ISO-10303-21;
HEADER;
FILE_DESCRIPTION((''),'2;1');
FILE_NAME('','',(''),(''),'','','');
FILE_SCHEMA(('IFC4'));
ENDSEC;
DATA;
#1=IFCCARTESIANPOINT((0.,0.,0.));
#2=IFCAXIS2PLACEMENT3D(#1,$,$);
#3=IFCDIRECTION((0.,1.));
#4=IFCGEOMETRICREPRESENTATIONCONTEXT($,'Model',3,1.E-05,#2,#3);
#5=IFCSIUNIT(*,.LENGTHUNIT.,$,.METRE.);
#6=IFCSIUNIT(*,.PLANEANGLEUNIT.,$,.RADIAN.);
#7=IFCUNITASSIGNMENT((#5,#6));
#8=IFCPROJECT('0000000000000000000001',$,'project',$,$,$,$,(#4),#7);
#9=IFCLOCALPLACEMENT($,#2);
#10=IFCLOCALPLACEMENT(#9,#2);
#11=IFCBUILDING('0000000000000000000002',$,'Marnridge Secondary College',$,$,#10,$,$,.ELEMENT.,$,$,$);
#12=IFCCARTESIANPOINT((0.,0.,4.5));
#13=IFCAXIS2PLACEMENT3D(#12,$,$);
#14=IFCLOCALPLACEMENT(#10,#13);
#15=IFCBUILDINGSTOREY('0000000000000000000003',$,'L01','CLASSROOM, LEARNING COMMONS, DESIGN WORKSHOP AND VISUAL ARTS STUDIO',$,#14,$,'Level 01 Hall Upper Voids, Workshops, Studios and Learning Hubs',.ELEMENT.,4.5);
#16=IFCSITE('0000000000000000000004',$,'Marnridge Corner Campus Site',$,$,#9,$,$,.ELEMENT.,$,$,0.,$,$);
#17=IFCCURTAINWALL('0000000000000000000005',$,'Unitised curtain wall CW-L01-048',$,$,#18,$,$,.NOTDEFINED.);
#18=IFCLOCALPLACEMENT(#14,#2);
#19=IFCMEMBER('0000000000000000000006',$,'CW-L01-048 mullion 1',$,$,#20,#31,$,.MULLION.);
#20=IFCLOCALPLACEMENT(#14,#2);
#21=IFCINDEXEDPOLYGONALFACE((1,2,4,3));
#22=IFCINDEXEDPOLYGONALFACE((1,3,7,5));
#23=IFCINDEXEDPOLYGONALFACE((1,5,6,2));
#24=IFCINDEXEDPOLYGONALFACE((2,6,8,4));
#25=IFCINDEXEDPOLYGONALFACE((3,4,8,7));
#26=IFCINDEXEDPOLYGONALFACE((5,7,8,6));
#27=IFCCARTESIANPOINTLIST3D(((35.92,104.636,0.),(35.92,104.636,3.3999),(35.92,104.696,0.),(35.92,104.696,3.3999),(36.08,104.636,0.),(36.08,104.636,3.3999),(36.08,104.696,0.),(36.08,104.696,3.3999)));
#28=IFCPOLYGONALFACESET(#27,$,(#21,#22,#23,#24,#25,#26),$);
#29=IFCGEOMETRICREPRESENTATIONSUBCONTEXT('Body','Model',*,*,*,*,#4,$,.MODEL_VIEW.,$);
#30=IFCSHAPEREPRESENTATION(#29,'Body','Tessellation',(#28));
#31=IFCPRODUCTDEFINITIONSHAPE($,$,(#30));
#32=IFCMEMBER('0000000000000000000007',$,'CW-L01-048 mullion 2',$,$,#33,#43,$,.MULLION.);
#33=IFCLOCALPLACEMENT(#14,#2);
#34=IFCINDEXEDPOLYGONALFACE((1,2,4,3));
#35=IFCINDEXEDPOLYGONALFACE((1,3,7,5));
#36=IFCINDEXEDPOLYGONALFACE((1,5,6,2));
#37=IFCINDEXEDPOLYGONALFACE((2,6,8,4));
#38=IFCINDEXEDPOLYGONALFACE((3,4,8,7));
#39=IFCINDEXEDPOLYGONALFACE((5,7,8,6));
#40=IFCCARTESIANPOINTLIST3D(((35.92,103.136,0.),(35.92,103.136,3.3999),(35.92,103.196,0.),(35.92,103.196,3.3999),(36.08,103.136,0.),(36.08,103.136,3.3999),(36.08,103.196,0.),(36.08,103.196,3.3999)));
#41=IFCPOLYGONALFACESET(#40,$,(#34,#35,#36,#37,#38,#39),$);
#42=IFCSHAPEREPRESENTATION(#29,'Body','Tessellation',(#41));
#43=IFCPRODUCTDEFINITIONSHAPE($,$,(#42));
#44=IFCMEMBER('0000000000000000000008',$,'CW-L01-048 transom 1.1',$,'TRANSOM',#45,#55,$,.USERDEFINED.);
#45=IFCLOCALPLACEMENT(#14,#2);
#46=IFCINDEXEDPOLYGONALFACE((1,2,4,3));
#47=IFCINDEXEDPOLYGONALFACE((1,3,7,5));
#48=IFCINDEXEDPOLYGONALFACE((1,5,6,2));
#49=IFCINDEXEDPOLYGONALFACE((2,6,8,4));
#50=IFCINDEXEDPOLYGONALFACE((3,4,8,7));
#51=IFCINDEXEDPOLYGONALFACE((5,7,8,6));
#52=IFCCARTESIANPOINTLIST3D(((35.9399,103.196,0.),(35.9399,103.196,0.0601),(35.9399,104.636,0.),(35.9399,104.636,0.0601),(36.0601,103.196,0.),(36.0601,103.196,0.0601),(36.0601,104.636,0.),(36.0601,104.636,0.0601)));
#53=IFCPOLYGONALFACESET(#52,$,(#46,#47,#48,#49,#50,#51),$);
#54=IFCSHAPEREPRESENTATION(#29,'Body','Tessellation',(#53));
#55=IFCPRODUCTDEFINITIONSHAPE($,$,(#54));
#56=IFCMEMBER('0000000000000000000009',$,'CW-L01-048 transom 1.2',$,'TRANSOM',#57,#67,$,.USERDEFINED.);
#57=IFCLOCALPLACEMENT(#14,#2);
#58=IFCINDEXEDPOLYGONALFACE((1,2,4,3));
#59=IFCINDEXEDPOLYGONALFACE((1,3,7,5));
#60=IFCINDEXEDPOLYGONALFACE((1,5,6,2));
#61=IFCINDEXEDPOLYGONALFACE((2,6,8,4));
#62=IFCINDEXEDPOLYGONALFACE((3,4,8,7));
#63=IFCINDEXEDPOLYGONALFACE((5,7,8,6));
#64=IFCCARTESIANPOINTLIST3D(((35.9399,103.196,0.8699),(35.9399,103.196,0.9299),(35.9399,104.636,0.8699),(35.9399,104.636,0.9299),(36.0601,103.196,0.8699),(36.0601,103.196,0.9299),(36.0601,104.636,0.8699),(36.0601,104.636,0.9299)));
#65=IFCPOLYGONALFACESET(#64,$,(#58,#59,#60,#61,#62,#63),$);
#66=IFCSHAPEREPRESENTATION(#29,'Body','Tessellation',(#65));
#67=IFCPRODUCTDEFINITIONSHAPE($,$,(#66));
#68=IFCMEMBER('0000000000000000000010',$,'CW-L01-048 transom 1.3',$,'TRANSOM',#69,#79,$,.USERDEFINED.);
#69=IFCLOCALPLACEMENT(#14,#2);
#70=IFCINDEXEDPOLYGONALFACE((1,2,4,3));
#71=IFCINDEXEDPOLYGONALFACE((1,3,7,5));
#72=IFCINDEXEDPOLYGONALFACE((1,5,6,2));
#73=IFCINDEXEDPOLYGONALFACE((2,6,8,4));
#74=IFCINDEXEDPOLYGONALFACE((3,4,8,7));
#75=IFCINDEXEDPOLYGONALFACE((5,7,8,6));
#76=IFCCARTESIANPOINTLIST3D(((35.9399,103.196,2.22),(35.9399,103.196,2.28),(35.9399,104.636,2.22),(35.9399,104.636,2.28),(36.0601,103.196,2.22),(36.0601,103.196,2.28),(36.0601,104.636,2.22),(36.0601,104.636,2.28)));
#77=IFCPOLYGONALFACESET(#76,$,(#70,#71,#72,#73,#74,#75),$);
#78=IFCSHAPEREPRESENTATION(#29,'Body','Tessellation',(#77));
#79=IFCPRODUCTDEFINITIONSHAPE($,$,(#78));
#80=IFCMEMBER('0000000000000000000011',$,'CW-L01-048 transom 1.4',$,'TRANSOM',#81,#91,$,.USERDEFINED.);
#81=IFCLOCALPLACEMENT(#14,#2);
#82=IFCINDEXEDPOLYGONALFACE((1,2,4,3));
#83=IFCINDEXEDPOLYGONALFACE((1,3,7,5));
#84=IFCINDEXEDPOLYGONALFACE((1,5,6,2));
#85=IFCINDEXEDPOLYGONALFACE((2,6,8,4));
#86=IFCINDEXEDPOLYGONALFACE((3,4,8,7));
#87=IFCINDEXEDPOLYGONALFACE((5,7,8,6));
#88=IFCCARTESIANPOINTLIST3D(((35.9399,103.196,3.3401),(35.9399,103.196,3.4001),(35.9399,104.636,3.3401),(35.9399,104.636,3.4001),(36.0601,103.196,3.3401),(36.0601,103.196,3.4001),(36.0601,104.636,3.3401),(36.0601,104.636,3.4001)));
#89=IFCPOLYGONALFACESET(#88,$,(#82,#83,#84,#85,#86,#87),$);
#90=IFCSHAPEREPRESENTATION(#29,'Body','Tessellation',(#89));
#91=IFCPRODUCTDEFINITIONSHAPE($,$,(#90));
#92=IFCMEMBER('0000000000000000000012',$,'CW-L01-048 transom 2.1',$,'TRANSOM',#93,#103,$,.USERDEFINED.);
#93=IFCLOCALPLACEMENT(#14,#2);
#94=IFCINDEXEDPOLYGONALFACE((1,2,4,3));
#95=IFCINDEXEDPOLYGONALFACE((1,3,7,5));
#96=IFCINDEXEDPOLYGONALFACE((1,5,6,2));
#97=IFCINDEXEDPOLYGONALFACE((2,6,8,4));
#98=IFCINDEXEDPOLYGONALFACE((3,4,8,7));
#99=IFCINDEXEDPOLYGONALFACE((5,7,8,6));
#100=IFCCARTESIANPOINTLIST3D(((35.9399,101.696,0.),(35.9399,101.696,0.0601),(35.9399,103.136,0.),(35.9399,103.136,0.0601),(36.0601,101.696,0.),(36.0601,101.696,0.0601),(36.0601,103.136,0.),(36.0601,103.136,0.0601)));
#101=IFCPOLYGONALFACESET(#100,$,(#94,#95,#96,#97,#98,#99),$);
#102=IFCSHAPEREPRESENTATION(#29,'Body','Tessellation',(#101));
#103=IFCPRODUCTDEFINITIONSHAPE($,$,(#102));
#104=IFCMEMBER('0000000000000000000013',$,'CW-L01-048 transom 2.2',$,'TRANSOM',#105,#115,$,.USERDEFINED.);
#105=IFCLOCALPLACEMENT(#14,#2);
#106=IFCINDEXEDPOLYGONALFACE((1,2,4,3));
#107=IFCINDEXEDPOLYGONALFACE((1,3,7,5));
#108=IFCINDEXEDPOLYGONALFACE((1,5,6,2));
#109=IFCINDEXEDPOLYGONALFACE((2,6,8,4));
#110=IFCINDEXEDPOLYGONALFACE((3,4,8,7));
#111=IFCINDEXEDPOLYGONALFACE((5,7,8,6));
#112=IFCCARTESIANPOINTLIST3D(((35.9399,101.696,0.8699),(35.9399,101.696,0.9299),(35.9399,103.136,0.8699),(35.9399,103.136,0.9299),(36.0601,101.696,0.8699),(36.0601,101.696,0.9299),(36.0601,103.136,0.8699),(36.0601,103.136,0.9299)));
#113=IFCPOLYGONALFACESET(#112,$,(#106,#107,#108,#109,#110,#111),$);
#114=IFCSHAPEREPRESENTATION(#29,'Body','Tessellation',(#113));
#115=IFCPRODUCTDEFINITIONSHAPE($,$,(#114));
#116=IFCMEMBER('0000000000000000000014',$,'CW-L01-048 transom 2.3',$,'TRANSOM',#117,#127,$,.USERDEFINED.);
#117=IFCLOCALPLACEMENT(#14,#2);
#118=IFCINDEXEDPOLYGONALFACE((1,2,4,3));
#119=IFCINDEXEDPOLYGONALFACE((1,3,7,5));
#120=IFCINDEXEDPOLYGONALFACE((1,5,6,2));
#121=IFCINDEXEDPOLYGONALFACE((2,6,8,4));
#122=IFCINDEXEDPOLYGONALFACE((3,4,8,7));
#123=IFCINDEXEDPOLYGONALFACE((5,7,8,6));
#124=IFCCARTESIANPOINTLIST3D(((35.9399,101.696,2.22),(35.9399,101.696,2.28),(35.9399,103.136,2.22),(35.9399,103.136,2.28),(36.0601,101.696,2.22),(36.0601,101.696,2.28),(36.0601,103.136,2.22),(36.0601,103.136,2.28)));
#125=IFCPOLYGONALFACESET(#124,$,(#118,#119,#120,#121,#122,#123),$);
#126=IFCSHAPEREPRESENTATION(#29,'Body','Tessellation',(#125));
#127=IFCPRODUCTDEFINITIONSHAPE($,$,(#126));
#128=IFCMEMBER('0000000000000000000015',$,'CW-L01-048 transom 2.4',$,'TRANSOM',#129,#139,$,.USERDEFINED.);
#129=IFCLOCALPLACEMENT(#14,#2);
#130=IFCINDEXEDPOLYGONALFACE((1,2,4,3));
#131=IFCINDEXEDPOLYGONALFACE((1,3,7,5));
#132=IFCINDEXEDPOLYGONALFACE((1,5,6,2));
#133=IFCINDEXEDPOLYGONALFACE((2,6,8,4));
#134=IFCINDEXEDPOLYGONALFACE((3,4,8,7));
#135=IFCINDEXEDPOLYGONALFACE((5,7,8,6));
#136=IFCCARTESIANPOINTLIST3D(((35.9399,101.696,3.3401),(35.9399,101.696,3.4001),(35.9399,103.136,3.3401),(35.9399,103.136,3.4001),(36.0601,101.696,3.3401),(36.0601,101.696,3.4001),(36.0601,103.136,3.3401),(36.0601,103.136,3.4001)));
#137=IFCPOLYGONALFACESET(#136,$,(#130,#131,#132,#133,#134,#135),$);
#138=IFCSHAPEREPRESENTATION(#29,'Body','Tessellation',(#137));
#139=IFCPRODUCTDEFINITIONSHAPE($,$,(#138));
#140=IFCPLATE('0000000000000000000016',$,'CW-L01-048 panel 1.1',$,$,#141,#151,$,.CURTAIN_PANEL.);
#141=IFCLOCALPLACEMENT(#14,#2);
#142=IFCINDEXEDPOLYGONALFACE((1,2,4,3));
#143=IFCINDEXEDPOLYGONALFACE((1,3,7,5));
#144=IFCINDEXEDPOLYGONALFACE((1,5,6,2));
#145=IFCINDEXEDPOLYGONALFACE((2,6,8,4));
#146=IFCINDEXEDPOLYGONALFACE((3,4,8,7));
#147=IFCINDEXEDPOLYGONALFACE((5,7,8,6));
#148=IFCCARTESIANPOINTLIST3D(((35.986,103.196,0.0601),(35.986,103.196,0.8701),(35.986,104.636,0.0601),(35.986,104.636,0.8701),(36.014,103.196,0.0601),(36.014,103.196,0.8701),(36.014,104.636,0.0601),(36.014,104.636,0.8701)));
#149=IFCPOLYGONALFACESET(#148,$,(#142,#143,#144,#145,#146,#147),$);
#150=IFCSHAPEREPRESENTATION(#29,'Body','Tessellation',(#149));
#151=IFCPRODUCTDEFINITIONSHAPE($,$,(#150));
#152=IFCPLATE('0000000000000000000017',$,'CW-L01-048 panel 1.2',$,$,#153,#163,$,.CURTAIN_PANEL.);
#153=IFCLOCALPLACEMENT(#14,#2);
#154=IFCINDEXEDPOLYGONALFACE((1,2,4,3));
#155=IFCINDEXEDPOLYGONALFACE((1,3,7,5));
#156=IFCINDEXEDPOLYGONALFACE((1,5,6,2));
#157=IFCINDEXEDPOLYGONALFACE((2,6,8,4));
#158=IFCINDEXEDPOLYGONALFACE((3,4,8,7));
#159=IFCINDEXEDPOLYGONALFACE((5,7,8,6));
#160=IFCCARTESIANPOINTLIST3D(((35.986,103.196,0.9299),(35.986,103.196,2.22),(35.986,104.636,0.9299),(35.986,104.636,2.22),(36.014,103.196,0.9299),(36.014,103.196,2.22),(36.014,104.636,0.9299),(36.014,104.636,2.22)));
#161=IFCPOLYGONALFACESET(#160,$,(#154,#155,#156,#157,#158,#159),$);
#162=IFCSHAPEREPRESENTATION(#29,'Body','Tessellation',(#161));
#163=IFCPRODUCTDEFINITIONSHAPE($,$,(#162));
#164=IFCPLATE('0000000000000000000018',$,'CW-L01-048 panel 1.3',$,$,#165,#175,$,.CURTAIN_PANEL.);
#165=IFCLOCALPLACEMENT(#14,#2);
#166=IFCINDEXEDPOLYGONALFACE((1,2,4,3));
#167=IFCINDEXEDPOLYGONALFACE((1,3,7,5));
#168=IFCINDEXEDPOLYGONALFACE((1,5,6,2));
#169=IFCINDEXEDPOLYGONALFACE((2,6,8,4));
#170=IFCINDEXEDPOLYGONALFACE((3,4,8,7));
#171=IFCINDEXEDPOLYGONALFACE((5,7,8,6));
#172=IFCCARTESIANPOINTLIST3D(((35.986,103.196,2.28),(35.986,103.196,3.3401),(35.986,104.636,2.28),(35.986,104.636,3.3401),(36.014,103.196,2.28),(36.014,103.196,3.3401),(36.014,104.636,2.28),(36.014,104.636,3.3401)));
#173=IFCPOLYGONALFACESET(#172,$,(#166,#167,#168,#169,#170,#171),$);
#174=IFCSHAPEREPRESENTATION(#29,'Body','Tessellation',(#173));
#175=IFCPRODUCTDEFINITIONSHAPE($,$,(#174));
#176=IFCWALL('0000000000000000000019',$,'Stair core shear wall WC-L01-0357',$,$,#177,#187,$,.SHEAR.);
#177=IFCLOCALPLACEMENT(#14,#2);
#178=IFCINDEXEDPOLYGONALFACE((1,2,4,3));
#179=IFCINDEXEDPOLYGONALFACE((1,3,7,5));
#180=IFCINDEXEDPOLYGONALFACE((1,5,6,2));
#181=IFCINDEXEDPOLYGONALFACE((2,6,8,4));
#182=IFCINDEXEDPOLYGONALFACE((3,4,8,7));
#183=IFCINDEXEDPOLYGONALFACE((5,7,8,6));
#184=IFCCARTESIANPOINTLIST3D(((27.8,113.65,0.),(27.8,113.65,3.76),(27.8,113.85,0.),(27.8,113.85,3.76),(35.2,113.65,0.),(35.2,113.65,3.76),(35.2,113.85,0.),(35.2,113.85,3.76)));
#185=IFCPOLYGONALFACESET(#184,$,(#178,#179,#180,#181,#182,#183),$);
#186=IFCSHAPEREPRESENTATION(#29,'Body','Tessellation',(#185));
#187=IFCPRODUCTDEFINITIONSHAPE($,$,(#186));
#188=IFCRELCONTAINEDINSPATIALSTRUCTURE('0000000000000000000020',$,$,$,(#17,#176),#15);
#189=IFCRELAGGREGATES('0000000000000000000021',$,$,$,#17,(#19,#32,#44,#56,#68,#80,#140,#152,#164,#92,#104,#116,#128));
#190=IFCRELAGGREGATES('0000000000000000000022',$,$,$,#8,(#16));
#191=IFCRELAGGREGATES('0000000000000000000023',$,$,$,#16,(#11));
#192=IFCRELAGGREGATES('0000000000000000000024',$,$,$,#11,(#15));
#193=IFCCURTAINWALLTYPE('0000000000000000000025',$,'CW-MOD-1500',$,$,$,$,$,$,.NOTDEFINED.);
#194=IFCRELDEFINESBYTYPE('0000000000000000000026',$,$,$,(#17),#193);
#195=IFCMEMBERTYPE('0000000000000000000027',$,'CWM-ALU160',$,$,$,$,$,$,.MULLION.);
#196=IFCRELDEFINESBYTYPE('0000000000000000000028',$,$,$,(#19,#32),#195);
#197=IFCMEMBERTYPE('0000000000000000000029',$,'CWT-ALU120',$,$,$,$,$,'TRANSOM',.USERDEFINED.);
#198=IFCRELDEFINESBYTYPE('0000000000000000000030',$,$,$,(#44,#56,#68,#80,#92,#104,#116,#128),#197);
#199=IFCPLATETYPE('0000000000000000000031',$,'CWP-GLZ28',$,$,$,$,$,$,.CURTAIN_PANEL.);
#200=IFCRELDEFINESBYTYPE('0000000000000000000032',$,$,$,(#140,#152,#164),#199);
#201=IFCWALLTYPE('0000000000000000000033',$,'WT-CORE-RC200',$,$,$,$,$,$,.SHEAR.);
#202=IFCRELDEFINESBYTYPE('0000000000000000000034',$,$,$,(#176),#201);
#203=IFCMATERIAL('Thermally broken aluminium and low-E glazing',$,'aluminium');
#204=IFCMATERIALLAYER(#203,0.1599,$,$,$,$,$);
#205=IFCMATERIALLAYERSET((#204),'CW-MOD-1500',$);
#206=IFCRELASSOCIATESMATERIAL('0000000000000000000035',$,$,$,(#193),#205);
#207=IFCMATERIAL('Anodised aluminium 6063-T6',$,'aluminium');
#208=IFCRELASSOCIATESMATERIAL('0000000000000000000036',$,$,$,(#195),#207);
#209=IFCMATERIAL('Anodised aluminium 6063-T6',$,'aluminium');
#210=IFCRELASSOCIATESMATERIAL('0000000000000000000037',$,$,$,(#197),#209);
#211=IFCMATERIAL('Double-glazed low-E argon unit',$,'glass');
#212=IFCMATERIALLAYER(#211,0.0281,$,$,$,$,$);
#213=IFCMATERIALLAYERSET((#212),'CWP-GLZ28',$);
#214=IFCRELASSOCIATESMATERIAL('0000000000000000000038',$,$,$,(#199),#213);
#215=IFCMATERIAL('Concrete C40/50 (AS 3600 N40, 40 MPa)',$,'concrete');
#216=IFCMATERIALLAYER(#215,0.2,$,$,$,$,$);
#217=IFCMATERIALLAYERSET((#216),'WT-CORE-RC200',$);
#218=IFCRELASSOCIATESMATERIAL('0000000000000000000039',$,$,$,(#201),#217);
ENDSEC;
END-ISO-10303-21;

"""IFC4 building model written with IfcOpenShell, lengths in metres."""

from ifc_helpers import new_model, si_unit, direction, frame, frame_2d, origin, origin_2d, place, context, subcontext, project, spatial, rectangle, extrude, material, layer, layer_set, material_profile, profile_set, type_object, element, aggregate, save


model = new_model("IFC4")

# Units and contexts
model_context = context("Model", 3, precision=1e-05, world=origin(), true_north=direction((0.0, 1.0)))
body_context = subcontext(model_context, "Body", "Model", "MODEL_VIEW")
ifc_project = project(units=[si_unit("LENGTHUNIT", "METRE"), si_unit("PLANEANGLEUNIT", "RADIAN")], contexts=[model_context])

# Site, building, storey
site_placement = place(None, origin())
site = spatial("IfcSite", under=ifc_project, at=site_placement, Name="Marnridge Corner Campus Site", CompositionType="ELEMENT", RefElevation=0.0)
building_placement = place(site_placement, origin())
building = spatial("IfcBuilding", under=site, at=building_placement, Name="Marnridge Secondary College", CompositionType="ELEMENT")
storey_placement = place(building_placement, frame((0.0, 0.0, 4.5)))
storey = spatial("IfcBuildingStorey", under=building, at=storey_placement, Name="L01", Description="CLASSROOM, LEARNING COMMONS, DESIGN WORKSHOP AND VISUAL ARTS STUDIO", LongName="Level 01 Hall Upper Voids, Workshops, Studios and Learning Hubs", CompositionType="ELEMENT", Elevation=4.5)

# Curtain wall, members, plates
ifc_material_1 = material(Name="Thermally broken aluminium and low-E glazing", Category="aluminium")
ifc_layer_1 = layer(ifc_material_1, 0.1599)
ifc_layer_set_1 = layer_set([ifc_layer_1], Name="CW-MOD-1500")
curtain_wall_type = type_object("IfcCurtainWallType", Name="CW-MOD-1500", PredefinedType="NOTDEFINED", material=ifc_layer_set_1)
curtain_wall_placement = place(storey_placement, origin())
curtain_wall = element("IfcCurtainWall", 1, at=curtain_wall_placement, inside=storey, type_object=curtain_wall_type, Name="Unitised curtain wall CW-L01-048", PredefinedType="NOTDEFINED")
ifc_material_2 = material(Name="Anodised aluminium 6063-T6", Category="aluminium")
ifc_material_profile_1 = material_profile(ifc_material_2, rectangle(XDim=0.0601, YDim=0.1599, at=origin_2d()), Name="ALU 60x160")
ifc_profile_set_1 = profile_set([ifc_material_profile_1], Name="Anodised aluminium 6063-T6")
member_type_1 = type_object("IfcMemberType", Name="CWM-ALU160", PredefinedType="MULLION", material=ifc_profile_set_1)
member_1_placement = place(storey_placement, frame((36.0, 104.666, 0.0), z_axis=(0.0, 0.0, 1.0), x_axis=(0.0, -1.0, 0.0)))
member_1 = element("IfcMember", 2, at=member_1_placement, type_object=member_type_1, Name="CW-L01-048 mullion 1", PredefinedType="MULLION", context=body_context, shape_type="SweptSolid", body=[
    extrude(rectangle(XDim=0.0601, YDim=0.1599, at=origin_2d()), origin(), (0.0, 0.0, 1.0), 3.3999),
])
member_2_placement = place(storey_placement, frame((36.0, 103.166, 0.0), z_axis=(0.0, 0.0, 1.0), x_axis=(0.0, -1.0, 0.0)))
member_2 = element("IfcMember", 3, at=member_2_placement, type_object=member_type_1, Name="CW-L01-048 mullion 2", PredefinedType="MULLION", context=body_context, shape_type="SweptSolid", body=[
    extrude(rectangle(XDim=0.0601, YDim=0.1599, at=origin_2d()), origin(), (0.0, 0.0, 1.0), 3.3999),
])
ifc_material_3 = material(Name="Anodised aluminium 6063-T6", Category="aluminium")
ifc_material_profile_2 = material_profile(ifc_material_3, rectangle(XDim=0.0601, YDim=0.1201, at=origin_2d()), Name="ALU 60x120")
ifc_profile_set_2 = profile_set([ifc_material_profile_2], Name="Anodised aluminium 6063-T6")
member_type_2 = type_object("IfcMemberType", Name="CWT-ALU120", ElementType="TRANSOM", PredefinedType="USERDEFINED", material=ifc_profile_set_2)
member_3_placement = place(storey_placement, frame((36.0, 104.636, 0.03), z_axis=(0.0, -1.0, 0.0), x_axis=(0.0, 0.0, 1.0)))
member_3 = element("IfcMember", 4, at=member_3_placement, type_object=member_type_2, Name="CW-L01-048 transom 1.1", ObjectType="TRANSOM", PredefinedType="USERDEFINED", context=body_context, shape_type="SweptSolid", body=[
    extrude(rectangle(XDim=0.0601, YDim=0.1201, at=origin_2d()), origin(), (0.0, 0.0, 1.0), 1.4399),
])
member_4_placement = place(storey_placement, frame((36.0, 104.636, 0.8999), z_axis=(0.0, -1.0, 0.0), x_axis=(0.0, 0.0, 1.0)))
member_4 = element("IfcMember", 5, at=member_4_placement, type_object=member_type_2, Name="CW-L01-048 transom 1.2", ObjectType="TRANSOM", PredefinedType="USERDEFINED", context=body_context, shape_type="SweptSolid", body=[
    extrude(rectangle(XDim=0.0601, YDim=0.1201, at=origin_2d()), origin(), (0.0, 0.0, 1.0), 1.4399),
])
member_5_placement = place(storey_placement, frame((36.0, 104.636, 2.25), z_axis=(0.0, -1.0, 0.0), x_axis=(0.0, 0.0, 1.0)))
member_5 = element("IfcMember", 6, at=member_5_placement, type_object=member_type_2, Name="CW-L01-048 transom 1.3", ObjectType="TRANSOM", PredefinedType="USERDEFINED", context=body_context, shape_type="SweptSolid", body=[
    extrude(rectangle(XDim=0.0601, YDim=0.1201, at=origin_2d()), origin(), (0.0, 0.0, 1.0), 1.4399),
])
member_6_placement = place(storey_placement, frame((36.0, 104.636, 3.3701), z_axis=(0.0, -1.0, 0.0), x_axis=(0.0, 0.0, 1.0)))
member_6 = element("IfcMember", 7, at=member_6_placement, type_object=member_type_2, Name="CW-L01-048 transom 1.4", ObjectType="TRANSOM", PredefinedType="USERDEFINED", context=body_context, shape_type="SweptSolid", body=[
    extrude(rectangle(XDim=0.0601, YDim=0.1201, at=origin_2d()), origin(), (0.0, 0.0, 1.0), 1.4399),
])
member_7_placement = place(storey_placement, frame((36.0, 103.136, 0.03), z_axis=(0.0, -1.0, 0.0), x_axis=(0.0, 0.0, 1.0)))
member_7 = element("IfcMember", 8, at=member_7_placement, type_object=member_type_2, Name="CW-L01-048 transom 2.1", ObjectType="TRANSOM", PredefinedType="USERDEFINED", context=body_context, shape_type="SweptSolid", body=[
    extrude(rectangle(XDim=0.0601, YDim=0.1201, at=origin_2d()), origin(), (0.0, 0.0, 1.0), 1.4399),
])
member_8_placement = place(storey_placement, frame((36.0, 103.136, 0.8999), z_axis=(0.0, -1.0, 0.0), x_axis=(0.0, 0.0, 1.0)))
member_8 = element("IfcMember", 9, at=member_8_placement, type_object=member_type_2, Name="CW-L01-048 transom 2.2", ObjectType="TRANSOM", PredefinedType="USERDEFINED", context=body_context, shape_type="SweptSolid", body=[
    extrude(rectangle(XDim=0.0601, YDim=0.1201, at=origin_2d()), origin(), (0.0, 0.0, 1.0), 1.4399),
])
member_9_placement = place(storey_placement, frame((36.0, 103.136, 2.25), z_axis=(0.0, -1.0, 0.0), x_axis=(0.0, 0.0, 1.0)))
member_9 = element("IfcMember", 10, at=member_9_placement, type_object=member_type_2, Name="CW-L01-048 transom 2.3", ObjectType="TRANSOM", PredefinedType="USERDEFINED", context=body_context, shape_type="SweptSolid", body=[
    extrude(rectangle(XDim=0.0601, YDim=0.1201, at=origin_2d()), origin(), (0.0, 0.0, 1.0), 1.4399),
])
member_10_placement = place(storey_placement, frame((36.0, 103.136, 3.3701), z_axis=(0.0, -1.0, 0.0), x_axis=(0.0, 0.0, 1.0)))
member_10 = element("IfcMember", 11, at=member_10_placement, type_object=member_type_2, Name="CW-L01-048 transom 2.4", ObjectType="TRANSOM", PredefinedType="USERDEFINED", context=body_context, shape_type="SweptSolid", body=[
    extrude(rectangle(XDim=0.0601, YDim=0.1201, at=origin_2d()), origin(), (0.0, 0.0, 1.0), 1.4399),
])
ifc_material_4 = material(Name="Double-glazed low-E argon unit", Category="glass")
ifc_layer_2 = layer(ifc_material_4, 0.0281)
ifc_layer_set_2 = layer_set([ifc_layer_2], Name="CWP-GLZ28")
plate_type = type_object("IfcPlateType", Name="CWP-GLZ28", PredefinedType="CURTAIN_PANEL", material=ifc_layer_set_2)
plate_1_placement = place(storey_placement, frame((36.0, 103.916, 0.0601), z_axis=(0.0, 0.0, 1.0), x_axis=(0.0, -1.0, 0.0)))
plate_1 = element("IfcPlate", 12, at=plate_1_placement, type_object=plate_type, Name="CW-L01-048 panel 1.1", PredefinedType="CURTAIN_PANEL", context=body_context, shape_type="SweptSolid", body=[
    extrude(rectangle(XDim=1.4399, YDim=0.0281, at=origin_2d()), origin(), (0.0, 0.0, 1.0), 0.8101),
])
plate_2_placement = place(storey_placement, frame((36.0, 103.916, 0.9299), z_axis=(0.0, 0.0, 1.0), x_axis=(0.0, -1.0, 0.0)))
plate_2 = element("IfcPlate", 13, at=plate_2_placement, type_object=plate_type, Name="CW-L01-048 panel 1.2", PredefinedType="CURTAIN_PANEL", context=body_context, shape_type="SweptSolid", body=[
    extrude(rectangle(XDim=1.4399, YDim=0.0281, at=origin_2d()), origin(), (0.0, 0.0, 1.0), 1.29),
])
plate_3_placement = place(storey_placement, frame((36.0, 103.916, 2.28), z_axis=(0.0, 0.0, 1.0), x_axis=(0.0, -1.0, 0.0)))
plate_3 = element("IfcPlate", 14, at=plate_3_placement, type_object=plate_type, Name="CW-L01-048 panel 1.3", PredefinedType="CURTAIN_PANEL", context=body_context, shape_type="SweptSolid", body=[
    extrude(rectangle(XDim=1.4399, YDim=0.0281, at=origin_2d()), origin(), (0.0, 0.0, 1.0), 1.0601),
])
aggregate(curtain_wall, [member_1, member_2, member_3, member_4, member_5, member_6, plate_1, plate_2, plate_3, member_7, member_8, member_9, member_10])

# Wall
ifc_material_5 = material(Name="Concrete C40/50 (AS 3600 N40, 40 MPa)", Category="concrete")
ifc_layer_3 = layer(ifc_material_5, 0.2)
ifc_layer_set_3 = layer_set([ifc_layer_3], Name="WT-CORE-RC200")
wall_type_1 = type_object("IfcWallType", Name="WT-CORE-RC200", PredefinedType="SHEAR", material=ifc_layer_set_3)
wall_1_placement = place(storey_placement, frame((27.8, 113.75, 0.0), z_axis=(0.0, 0.0, 1.0), x_axis=(1.0, 0.0, 0.0)))
element("IfcWall", 15, at=wall_1_placement, inside=storey, type_object=wall_type_1, Name="Stair core shear wall WC-L01-0357", PredefinedType="SHEAR", context=body_context, shape_type="SweptSolid", body=[
    extrude(rectangle(XDim=7.3999, YDim=0.2, at=frame_2d((3.7, 0.0))), origin(), (0.0, 0.0, 1.0), 3.76),
])

save(model, "model.ifc")
